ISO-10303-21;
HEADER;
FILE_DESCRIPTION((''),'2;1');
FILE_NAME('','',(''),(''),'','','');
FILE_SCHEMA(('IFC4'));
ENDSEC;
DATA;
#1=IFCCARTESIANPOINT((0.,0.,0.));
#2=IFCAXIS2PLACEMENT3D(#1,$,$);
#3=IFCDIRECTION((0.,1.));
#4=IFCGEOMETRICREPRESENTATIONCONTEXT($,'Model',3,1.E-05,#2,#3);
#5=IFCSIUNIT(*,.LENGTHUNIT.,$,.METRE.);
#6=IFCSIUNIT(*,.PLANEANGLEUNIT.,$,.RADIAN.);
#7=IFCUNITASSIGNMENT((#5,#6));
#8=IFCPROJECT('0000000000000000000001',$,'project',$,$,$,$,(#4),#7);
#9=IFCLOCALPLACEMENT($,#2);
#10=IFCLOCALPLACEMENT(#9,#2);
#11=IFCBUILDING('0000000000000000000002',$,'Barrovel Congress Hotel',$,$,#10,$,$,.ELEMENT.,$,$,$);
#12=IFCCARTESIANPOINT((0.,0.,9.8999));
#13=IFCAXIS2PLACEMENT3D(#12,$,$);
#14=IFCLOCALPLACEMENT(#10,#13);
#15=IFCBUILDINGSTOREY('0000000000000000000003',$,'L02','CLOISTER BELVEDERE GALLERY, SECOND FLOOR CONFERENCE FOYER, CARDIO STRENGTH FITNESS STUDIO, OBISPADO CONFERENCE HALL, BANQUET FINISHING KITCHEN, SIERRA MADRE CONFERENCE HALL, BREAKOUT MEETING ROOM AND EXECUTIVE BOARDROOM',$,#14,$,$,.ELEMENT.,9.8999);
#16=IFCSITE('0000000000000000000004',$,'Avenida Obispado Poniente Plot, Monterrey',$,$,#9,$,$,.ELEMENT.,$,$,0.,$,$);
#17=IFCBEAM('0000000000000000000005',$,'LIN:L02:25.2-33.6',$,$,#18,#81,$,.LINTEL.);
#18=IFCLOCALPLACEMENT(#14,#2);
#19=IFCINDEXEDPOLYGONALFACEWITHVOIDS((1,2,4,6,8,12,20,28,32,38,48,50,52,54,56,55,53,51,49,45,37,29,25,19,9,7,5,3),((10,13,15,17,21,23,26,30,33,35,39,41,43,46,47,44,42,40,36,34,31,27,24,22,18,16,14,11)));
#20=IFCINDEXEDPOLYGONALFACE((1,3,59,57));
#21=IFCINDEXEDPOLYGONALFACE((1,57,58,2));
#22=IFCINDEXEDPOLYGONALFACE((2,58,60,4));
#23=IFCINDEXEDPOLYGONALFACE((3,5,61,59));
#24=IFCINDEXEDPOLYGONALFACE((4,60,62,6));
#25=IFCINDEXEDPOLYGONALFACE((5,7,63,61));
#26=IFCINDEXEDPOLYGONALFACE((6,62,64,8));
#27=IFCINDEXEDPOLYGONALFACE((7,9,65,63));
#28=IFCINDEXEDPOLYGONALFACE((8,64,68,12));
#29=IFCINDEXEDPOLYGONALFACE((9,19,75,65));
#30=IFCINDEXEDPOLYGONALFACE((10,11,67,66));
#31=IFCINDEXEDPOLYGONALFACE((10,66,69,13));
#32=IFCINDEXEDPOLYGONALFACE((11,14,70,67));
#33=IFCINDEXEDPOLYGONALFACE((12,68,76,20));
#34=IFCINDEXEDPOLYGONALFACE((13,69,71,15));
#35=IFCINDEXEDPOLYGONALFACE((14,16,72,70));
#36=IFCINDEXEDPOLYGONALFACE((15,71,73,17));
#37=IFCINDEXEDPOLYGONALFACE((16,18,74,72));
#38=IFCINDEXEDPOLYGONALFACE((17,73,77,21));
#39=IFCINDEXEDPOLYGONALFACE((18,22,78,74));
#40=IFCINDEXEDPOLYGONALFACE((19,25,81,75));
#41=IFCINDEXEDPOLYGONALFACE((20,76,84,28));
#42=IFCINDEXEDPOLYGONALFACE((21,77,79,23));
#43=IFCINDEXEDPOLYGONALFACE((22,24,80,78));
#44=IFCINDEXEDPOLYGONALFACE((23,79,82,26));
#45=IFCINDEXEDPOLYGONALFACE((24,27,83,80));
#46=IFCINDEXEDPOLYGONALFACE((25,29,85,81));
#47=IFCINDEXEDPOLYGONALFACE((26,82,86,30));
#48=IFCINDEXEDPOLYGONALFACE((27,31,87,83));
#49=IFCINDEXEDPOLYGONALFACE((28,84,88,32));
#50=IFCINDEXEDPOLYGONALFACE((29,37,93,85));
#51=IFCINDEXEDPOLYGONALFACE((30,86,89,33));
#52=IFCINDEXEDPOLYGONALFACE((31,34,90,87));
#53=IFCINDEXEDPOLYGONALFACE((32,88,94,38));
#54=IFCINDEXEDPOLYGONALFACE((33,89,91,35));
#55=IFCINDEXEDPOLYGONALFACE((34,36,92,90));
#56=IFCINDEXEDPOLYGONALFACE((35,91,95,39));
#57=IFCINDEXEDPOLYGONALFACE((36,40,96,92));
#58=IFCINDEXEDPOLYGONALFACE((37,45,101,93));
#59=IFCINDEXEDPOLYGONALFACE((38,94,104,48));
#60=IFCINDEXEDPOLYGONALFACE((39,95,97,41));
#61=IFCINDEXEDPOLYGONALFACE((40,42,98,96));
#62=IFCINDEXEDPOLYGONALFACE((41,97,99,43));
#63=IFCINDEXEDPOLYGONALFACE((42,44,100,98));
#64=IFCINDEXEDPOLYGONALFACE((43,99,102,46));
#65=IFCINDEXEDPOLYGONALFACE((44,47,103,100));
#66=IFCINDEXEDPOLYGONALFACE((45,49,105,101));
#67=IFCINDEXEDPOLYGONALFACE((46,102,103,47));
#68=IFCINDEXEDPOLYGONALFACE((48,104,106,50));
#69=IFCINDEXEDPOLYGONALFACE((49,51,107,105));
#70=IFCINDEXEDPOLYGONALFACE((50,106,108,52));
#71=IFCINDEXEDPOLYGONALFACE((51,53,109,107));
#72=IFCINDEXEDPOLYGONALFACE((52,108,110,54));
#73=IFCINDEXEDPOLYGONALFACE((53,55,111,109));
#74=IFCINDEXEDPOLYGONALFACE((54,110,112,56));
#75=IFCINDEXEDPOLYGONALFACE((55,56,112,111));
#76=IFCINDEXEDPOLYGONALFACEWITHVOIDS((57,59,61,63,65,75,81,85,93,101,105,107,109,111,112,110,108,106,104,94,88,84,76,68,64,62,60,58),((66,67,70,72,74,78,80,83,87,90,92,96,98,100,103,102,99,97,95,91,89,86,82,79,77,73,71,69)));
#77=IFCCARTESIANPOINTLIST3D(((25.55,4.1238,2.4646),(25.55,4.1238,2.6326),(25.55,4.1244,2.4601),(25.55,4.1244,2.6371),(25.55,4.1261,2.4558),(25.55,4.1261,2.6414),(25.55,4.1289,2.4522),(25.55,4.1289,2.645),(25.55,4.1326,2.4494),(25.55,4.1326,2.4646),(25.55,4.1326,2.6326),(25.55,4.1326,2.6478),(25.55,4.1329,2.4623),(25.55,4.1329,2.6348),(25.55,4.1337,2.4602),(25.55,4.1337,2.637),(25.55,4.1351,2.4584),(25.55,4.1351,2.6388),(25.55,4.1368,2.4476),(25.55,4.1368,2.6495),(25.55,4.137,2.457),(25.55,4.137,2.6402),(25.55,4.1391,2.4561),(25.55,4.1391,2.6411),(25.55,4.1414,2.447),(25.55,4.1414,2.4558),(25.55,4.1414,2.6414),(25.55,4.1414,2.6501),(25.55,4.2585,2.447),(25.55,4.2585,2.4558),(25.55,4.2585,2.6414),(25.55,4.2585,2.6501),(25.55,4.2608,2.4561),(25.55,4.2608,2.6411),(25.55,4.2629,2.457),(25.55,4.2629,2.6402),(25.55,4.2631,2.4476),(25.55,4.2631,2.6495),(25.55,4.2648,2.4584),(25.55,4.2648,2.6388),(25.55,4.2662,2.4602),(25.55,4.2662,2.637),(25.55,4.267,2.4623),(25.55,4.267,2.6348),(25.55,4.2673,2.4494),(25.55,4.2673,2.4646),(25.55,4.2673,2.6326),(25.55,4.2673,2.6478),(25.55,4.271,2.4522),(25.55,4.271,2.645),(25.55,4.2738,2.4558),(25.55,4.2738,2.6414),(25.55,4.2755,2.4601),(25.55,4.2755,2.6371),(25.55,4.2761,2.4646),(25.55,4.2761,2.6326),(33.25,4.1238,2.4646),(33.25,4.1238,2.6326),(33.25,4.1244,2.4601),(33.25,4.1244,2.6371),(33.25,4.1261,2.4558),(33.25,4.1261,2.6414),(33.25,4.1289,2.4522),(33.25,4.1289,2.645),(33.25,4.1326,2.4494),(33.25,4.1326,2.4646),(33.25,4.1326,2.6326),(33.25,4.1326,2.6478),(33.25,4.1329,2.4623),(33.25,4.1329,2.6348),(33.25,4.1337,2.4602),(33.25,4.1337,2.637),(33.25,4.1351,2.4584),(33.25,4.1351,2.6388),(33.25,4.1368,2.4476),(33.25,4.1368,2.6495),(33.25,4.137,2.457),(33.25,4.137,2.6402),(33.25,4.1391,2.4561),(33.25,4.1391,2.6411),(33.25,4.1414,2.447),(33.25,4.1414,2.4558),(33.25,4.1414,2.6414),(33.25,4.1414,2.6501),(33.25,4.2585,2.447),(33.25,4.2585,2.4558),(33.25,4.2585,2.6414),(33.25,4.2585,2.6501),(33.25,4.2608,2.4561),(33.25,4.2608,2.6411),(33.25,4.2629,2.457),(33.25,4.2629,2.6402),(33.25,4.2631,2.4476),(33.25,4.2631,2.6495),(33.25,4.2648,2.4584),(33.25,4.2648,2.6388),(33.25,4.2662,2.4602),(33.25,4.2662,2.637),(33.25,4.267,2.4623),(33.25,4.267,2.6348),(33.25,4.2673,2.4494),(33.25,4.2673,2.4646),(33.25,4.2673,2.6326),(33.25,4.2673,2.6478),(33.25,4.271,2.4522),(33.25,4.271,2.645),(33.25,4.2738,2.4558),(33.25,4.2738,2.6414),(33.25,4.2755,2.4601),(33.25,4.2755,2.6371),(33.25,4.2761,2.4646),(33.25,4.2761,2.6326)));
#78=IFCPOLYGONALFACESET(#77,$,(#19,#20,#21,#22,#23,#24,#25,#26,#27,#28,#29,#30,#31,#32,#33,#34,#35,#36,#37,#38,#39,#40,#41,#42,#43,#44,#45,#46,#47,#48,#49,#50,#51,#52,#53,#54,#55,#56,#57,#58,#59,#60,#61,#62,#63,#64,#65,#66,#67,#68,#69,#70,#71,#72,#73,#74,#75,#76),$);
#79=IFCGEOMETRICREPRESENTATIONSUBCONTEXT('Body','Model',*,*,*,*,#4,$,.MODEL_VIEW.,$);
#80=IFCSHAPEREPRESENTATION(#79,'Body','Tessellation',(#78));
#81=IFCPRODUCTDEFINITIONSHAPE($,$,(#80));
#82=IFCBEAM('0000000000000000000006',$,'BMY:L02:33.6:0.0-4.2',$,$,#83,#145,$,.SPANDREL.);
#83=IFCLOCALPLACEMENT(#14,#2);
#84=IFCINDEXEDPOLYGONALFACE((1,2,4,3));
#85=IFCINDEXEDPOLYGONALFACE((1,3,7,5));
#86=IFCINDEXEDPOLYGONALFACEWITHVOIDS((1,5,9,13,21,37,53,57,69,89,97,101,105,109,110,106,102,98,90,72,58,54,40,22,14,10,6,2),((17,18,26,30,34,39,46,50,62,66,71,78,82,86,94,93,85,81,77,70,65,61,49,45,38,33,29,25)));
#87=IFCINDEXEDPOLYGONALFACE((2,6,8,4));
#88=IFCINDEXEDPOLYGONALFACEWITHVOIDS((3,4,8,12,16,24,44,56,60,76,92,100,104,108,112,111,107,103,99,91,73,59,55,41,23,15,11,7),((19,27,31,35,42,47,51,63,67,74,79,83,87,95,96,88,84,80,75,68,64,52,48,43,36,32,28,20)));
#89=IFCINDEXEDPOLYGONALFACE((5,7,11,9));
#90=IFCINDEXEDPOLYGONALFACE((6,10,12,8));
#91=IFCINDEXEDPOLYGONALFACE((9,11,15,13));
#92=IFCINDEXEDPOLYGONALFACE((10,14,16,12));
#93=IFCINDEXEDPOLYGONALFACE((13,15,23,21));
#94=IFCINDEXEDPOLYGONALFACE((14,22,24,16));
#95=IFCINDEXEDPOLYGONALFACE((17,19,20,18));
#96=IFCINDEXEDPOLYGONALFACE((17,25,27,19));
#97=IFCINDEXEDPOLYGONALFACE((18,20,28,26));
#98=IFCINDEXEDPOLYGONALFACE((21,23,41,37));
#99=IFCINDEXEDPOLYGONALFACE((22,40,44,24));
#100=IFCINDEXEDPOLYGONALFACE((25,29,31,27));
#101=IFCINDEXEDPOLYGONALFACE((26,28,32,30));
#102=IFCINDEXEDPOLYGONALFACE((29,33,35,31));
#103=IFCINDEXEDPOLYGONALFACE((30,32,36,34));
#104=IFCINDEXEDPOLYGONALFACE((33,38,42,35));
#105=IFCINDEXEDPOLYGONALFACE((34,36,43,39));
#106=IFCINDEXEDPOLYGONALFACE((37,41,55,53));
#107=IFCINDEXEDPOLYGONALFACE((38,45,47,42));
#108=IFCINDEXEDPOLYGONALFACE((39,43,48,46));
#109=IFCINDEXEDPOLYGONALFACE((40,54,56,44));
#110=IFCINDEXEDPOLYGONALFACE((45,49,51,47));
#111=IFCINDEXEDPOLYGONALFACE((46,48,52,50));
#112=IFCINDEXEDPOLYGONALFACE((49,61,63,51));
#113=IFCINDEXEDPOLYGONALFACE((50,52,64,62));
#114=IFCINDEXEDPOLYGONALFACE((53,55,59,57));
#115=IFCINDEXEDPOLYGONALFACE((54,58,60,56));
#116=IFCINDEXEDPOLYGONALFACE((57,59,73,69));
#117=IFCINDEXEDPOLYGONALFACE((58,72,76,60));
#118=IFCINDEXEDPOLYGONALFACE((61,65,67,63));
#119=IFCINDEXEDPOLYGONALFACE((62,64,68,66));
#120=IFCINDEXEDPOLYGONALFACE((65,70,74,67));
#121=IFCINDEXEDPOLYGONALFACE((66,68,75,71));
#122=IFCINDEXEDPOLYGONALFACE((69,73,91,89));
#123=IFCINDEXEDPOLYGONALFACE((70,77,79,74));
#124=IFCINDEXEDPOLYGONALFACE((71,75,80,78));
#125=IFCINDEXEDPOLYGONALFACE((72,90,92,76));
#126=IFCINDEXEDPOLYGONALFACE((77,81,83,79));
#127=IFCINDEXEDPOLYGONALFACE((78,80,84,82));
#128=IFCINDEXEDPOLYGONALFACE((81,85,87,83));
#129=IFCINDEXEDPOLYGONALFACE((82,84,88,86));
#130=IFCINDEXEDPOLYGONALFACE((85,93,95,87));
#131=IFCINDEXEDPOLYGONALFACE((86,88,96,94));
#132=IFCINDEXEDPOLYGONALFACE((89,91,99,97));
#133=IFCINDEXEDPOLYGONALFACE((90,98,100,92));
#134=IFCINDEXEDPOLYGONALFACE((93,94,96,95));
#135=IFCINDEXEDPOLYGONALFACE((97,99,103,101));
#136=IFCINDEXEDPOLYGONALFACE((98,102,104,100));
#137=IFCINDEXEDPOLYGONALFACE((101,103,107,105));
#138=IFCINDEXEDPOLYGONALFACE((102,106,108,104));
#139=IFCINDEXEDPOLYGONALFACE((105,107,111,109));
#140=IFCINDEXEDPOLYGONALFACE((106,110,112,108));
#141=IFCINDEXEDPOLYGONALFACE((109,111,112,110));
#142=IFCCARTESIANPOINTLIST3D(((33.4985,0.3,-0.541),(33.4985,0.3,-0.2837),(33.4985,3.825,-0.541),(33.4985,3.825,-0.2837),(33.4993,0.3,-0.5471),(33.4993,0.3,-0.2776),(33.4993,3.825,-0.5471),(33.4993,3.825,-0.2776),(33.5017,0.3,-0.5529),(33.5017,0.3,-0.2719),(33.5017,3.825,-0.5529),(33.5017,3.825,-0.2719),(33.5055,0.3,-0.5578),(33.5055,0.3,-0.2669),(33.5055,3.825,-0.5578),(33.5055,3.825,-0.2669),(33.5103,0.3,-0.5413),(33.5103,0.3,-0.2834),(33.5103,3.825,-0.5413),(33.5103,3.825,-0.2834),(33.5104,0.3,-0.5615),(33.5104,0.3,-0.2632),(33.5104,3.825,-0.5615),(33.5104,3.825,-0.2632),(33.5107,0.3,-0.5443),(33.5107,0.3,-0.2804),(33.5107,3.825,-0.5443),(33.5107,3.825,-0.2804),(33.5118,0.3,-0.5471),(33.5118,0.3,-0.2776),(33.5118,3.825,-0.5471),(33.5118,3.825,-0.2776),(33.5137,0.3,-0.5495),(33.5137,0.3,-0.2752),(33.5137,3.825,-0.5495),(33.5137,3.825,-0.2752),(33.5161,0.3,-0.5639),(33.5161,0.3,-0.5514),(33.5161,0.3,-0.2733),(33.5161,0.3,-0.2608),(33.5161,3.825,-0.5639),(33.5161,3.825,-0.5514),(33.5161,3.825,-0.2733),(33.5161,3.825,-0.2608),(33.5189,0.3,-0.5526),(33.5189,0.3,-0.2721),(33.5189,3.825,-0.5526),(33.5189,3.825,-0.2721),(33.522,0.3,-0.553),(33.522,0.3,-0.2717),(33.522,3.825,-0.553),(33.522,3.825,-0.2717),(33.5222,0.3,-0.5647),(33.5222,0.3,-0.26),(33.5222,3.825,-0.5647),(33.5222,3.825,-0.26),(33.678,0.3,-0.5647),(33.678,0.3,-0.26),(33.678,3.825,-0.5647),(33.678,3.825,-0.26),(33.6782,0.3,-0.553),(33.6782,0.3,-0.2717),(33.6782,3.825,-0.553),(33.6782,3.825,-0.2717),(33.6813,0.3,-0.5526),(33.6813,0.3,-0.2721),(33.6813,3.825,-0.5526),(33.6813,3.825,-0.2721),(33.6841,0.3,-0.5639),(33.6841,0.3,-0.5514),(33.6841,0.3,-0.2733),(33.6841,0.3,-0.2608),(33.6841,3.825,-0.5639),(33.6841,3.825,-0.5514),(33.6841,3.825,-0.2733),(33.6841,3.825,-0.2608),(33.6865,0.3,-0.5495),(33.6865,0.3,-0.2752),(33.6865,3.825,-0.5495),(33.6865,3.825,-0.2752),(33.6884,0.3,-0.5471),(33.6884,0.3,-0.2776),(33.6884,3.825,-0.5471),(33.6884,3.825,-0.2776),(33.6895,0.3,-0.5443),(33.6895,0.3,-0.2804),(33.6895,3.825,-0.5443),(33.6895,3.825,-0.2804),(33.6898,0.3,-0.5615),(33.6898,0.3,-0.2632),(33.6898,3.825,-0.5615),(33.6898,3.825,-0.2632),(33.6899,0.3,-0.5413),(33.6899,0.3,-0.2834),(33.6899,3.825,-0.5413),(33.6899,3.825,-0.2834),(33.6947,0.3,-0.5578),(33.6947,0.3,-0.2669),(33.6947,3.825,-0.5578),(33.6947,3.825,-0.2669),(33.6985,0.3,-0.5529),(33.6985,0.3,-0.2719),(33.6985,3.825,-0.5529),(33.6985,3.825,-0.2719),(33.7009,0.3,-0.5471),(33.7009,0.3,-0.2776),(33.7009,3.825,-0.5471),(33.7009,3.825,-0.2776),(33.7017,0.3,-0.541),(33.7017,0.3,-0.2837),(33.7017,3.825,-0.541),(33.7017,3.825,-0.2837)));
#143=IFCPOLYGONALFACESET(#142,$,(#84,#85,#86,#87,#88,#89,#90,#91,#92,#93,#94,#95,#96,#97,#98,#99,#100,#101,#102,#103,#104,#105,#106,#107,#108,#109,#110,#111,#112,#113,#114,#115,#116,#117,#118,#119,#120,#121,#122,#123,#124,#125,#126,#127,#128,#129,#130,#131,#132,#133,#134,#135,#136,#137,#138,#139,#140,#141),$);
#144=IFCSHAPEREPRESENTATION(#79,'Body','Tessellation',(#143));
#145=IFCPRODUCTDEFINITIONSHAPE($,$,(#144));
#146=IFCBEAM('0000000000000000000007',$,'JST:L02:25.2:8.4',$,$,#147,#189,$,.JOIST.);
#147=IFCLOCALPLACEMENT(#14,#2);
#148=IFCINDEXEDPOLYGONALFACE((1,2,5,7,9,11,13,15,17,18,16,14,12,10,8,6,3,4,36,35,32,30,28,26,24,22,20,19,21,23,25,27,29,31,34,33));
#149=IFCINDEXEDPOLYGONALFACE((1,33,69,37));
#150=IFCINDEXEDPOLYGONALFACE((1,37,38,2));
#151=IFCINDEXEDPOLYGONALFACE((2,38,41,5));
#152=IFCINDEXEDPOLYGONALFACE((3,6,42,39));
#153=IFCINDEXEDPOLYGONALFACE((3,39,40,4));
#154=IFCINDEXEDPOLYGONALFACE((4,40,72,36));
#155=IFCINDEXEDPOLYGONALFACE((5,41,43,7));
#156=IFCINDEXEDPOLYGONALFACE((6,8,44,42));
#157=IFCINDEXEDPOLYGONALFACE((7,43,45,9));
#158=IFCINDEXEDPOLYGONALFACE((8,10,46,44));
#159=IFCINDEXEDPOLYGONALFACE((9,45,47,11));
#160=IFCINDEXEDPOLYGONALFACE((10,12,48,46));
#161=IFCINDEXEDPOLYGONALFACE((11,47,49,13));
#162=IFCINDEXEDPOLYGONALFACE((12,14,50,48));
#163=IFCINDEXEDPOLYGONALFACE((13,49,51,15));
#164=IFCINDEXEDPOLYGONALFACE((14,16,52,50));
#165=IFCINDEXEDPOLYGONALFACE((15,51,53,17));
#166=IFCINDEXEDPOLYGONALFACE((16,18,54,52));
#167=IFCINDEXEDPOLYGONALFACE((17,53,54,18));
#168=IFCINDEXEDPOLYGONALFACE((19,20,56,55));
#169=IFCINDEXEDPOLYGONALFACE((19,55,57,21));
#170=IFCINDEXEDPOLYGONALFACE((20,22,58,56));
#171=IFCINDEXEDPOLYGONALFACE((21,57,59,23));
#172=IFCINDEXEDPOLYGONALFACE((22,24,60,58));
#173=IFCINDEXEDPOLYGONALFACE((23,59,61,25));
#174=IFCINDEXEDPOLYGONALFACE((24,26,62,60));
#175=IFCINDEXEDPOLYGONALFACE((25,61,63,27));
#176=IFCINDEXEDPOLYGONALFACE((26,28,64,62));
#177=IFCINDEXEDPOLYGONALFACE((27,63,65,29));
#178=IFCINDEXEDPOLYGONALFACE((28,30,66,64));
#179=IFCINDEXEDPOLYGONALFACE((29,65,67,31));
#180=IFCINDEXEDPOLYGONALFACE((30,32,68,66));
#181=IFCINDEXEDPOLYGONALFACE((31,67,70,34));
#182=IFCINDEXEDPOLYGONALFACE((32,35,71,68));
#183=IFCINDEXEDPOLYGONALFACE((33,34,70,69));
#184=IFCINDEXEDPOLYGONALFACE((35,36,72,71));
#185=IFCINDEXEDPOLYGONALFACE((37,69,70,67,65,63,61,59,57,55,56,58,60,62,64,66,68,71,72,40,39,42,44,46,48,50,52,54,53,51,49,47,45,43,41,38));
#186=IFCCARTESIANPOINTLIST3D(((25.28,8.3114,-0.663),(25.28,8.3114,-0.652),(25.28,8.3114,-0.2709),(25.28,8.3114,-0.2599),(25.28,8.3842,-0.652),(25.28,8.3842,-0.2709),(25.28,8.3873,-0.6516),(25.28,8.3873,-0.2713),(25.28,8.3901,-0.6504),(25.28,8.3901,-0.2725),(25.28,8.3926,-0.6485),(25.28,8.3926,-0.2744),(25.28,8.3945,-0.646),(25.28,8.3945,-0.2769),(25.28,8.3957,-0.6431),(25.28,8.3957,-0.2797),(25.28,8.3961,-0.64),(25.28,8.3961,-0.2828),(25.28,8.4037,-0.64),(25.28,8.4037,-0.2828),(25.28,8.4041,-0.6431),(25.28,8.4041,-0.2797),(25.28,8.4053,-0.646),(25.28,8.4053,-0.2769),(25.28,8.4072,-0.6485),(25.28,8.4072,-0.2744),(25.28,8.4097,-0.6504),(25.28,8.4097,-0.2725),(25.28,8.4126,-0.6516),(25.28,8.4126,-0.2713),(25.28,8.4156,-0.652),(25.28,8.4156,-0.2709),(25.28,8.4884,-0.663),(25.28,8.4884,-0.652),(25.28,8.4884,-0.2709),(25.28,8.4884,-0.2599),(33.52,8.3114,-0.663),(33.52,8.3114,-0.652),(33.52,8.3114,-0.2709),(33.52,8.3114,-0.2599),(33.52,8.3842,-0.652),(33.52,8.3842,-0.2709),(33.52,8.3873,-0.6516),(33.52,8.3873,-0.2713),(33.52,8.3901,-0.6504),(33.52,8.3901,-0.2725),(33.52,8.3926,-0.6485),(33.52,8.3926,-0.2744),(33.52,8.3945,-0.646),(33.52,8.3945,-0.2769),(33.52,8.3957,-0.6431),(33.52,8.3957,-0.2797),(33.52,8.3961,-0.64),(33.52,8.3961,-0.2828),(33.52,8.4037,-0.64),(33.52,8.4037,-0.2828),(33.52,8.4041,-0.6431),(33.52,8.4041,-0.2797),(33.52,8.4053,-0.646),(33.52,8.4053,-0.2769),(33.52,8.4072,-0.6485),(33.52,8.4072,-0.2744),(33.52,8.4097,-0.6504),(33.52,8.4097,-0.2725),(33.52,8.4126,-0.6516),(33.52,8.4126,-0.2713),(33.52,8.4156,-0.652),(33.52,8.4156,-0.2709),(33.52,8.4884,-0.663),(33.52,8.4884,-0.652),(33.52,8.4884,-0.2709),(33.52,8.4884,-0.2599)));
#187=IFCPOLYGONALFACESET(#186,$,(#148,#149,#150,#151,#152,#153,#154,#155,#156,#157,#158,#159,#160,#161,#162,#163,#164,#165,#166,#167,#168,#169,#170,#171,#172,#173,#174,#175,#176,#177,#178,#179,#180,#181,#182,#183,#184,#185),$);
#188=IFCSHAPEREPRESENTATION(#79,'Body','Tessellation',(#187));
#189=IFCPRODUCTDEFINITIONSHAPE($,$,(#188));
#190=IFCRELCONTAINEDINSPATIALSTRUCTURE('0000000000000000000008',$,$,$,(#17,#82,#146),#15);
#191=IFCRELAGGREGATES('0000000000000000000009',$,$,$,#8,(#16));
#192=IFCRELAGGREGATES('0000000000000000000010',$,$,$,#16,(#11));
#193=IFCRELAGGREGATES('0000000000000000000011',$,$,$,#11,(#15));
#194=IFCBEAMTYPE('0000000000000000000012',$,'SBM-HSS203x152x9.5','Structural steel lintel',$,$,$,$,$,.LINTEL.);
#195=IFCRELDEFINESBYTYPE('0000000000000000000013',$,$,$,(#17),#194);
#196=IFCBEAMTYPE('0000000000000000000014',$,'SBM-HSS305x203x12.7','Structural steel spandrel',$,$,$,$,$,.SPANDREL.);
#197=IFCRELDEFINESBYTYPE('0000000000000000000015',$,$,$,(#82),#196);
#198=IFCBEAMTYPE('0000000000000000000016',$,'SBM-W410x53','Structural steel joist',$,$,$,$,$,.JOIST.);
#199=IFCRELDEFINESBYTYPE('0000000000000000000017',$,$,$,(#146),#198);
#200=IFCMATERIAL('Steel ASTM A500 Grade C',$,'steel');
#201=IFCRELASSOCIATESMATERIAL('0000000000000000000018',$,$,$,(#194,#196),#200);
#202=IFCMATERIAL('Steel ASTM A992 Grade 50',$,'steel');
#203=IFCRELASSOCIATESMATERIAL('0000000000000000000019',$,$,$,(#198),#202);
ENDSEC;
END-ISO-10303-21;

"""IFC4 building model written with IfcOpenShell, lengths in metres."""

from ifc_helpers import new_model, si_unit, direction, frame, origin, origin_2d, place, context, subcontext, project, spatial, hollow_rectangle, i_section, extrude, material, material_profile, profile_set, type_object, element, save


model = new_model("IFC4")

# Units and contexts
model_context = context("Model", 3, precision=1e-05, world=origin(), true_north=direction((0.0, 1.0)))
body_context = subcontext(model_context, "Body", "Model", "MODEL_VIEW")
ifc_project = project(units=[si_unit("LENGTHUNIT", "METRE"), si_unit("PLANEANGLEUNIT", "RADIAN")], contexts=[model_context])

# Site, building, storey
site_placement = place(None, origin())
site = spatial("IfcSite", under=ifc_project, at=site_placement, Name="Avenida Obispado Poniente Plot, Monterrey", CompositionType="ELEMENT", RefElevation=0.0)
building_placement = place(site_placement, origin())
building = spatial("IfcBuilding", under=site, at=building_placement, Name="Barrovel Congress Hotel", CompositionType="ELEMENT")
storey_placement = place(building_placement, frame((0.0, 0.0, 9.8999)))
storey = spatial("IfcBuildingStorey", under=building, at=storey_placement, Name="L02", Description="CLOISTER BELVEDERE GALLERY, SECOND FLOOR CONFERENCE FOYER, CARDIO STRENGTH FITNESS STUDIO, OBISPADO CONFERENCE HALL, BANQUET FINISHING KITCHEN, SIERRA MADRE CONFERENCE HALL, BREAKOUT MEETING ROOM AND EXECUTIVE BOARDROOM", CompositionType="ELEMENT", Elevation=9.8999)

# Beams
ifc_material_1 = material(Name="Steel ASTM A500 Grade C", Category="steel")
ifc_material_profile_1 = material_profile(ifc_material_1, hollow_rectangle(XDim=0.1523, YDim=0.2031, WallThickness=0.0088, InnerFilletRadius=0.0088, OuterFilletRadius=0.0176, at=origin_2d()), Name="HSS203x152x9.5")
ifc_profile_set_1 = profile_set([ifc_material_profile_1], Name="Steel ASTM A500 Grade C")
beam_type_1 = type_object("IfcBeamType", Name="SBM-HSS203x152x9.5", Description="Structural steel lintel", PredefinedType="LINTEL", material=ifc_profile_set_1)
beam_1_placement = place(storey_placement, frame((25.55, 4.2, 2.5486), z_axis=(1.0, 0.0, 0.0), x_axis=(0.0, 1.0, 0.0)))
element("IfcBeam", 1, at=beam_1_placement, inside=storey, type_object=beam_type_1, Name="LIN:L02:25.2-33.6", PredefinedType="LINTEL", context=body_context, shape_type="SweptSolid", body=[
    extrude(hollow_rectangle(XDim=0.1523, YDim=0.2031, WallThickness=0.0088, InnerFilletRadius=0.0088, OuterFilletRadius=0.0176, at=origin_2d()), origin(), (0.0, 0.0, 1.0), 7.7),
])
ifc_material_profile_2 = material_profile(ifc_material_1, hollow_rectangle(XDim=0.2031, YDim=0.3047, WallThickness=0.0117, InnerFilletRadius=0.0117, OuterFilletRadius=0.0237, at=origin_2d()), Name="HSS305x203x12.7")
ifc_profile_set_2 = profile_set([ifc_material_profile_2], Name="Steel ASTM A500 Grade C")
beam_type_2 = type_object("IfcBeamType", Name="SBM-HSS305x203x12.7", Description="Structural steel spandrel", PredefinedType="SPANDREL", material=ifc_profile_set_2)
beam_2_placement = place(storey_placement, frame((33.6001, 0.3, -0.4124), z_axis=(0.0, 1.0, 0.0), x_axis=(-1.0, 0.0, 0.0)))
element("IfcBeam", 2, at=beam_2_placement, inside=storey, type_object=beam_type_2, Name="BMY:L02:33.6:0.0-4.2", PredefinedType="SPANDREL", context=body_context, shape_type="SweptSolid", body=[
    extrude(hollow_rectangle(XDim=0.2031, YDim=0.3047, WallThickness=0.0117, InnerFilletRadius=0.0117, OuterFilletRadius=0.0237, at=origin_2d()), origin(), (0.0, 0.0, 1.0), 3.5249),
])
ifc_material_2 = material(Name="Steel ASTM A992 Grade 50", Category="steel")
ifc_material_profile_3 = material_profile(ifc_material_2, i_section(OverallWidth=0.177, OverallDepth=0.4031, WebThickness=0.0076, FlangeThickness=0.011, FilletRadius=0.012, at=origin_2d()), Name="W410x53")
ifc_profile_set_3 = profile_set([ifc_material_profile_3], Name="Steel ASTM A992 Grade 50")
beam_type_3 = type_object("IfcBeamType", Name="SBM-W410x53", Description="Structural steel joist", PredefinedType="JOIST", material=ifc_profile_set_3)
beam_3_placement = place(storey_placement, frame((25.28, 8.3999, -0.4614), z_axis=(1.0, 0.0, 0.0), x_axis=(0.0, 1.0, 0.0)))
element("IfcBeam", 3, at=beam_3_placement, inside=storey, type_object=beam_type_3, Name="JST:L02:25.2:8.4", PredefinedType="JOIST", context=body_context, shape_type="SweptSolid", body=[
    extrude(i_section(OverallWidth=0.177, OverallDepth=0.4031, WebThickness=0.0076, FlangeThickness=0.011, FilletRadius=0.012, at=origin_2d()), origin(), (0.0, 0.0, 1.0), 8.24),
])

save(model, "model.ifc")
